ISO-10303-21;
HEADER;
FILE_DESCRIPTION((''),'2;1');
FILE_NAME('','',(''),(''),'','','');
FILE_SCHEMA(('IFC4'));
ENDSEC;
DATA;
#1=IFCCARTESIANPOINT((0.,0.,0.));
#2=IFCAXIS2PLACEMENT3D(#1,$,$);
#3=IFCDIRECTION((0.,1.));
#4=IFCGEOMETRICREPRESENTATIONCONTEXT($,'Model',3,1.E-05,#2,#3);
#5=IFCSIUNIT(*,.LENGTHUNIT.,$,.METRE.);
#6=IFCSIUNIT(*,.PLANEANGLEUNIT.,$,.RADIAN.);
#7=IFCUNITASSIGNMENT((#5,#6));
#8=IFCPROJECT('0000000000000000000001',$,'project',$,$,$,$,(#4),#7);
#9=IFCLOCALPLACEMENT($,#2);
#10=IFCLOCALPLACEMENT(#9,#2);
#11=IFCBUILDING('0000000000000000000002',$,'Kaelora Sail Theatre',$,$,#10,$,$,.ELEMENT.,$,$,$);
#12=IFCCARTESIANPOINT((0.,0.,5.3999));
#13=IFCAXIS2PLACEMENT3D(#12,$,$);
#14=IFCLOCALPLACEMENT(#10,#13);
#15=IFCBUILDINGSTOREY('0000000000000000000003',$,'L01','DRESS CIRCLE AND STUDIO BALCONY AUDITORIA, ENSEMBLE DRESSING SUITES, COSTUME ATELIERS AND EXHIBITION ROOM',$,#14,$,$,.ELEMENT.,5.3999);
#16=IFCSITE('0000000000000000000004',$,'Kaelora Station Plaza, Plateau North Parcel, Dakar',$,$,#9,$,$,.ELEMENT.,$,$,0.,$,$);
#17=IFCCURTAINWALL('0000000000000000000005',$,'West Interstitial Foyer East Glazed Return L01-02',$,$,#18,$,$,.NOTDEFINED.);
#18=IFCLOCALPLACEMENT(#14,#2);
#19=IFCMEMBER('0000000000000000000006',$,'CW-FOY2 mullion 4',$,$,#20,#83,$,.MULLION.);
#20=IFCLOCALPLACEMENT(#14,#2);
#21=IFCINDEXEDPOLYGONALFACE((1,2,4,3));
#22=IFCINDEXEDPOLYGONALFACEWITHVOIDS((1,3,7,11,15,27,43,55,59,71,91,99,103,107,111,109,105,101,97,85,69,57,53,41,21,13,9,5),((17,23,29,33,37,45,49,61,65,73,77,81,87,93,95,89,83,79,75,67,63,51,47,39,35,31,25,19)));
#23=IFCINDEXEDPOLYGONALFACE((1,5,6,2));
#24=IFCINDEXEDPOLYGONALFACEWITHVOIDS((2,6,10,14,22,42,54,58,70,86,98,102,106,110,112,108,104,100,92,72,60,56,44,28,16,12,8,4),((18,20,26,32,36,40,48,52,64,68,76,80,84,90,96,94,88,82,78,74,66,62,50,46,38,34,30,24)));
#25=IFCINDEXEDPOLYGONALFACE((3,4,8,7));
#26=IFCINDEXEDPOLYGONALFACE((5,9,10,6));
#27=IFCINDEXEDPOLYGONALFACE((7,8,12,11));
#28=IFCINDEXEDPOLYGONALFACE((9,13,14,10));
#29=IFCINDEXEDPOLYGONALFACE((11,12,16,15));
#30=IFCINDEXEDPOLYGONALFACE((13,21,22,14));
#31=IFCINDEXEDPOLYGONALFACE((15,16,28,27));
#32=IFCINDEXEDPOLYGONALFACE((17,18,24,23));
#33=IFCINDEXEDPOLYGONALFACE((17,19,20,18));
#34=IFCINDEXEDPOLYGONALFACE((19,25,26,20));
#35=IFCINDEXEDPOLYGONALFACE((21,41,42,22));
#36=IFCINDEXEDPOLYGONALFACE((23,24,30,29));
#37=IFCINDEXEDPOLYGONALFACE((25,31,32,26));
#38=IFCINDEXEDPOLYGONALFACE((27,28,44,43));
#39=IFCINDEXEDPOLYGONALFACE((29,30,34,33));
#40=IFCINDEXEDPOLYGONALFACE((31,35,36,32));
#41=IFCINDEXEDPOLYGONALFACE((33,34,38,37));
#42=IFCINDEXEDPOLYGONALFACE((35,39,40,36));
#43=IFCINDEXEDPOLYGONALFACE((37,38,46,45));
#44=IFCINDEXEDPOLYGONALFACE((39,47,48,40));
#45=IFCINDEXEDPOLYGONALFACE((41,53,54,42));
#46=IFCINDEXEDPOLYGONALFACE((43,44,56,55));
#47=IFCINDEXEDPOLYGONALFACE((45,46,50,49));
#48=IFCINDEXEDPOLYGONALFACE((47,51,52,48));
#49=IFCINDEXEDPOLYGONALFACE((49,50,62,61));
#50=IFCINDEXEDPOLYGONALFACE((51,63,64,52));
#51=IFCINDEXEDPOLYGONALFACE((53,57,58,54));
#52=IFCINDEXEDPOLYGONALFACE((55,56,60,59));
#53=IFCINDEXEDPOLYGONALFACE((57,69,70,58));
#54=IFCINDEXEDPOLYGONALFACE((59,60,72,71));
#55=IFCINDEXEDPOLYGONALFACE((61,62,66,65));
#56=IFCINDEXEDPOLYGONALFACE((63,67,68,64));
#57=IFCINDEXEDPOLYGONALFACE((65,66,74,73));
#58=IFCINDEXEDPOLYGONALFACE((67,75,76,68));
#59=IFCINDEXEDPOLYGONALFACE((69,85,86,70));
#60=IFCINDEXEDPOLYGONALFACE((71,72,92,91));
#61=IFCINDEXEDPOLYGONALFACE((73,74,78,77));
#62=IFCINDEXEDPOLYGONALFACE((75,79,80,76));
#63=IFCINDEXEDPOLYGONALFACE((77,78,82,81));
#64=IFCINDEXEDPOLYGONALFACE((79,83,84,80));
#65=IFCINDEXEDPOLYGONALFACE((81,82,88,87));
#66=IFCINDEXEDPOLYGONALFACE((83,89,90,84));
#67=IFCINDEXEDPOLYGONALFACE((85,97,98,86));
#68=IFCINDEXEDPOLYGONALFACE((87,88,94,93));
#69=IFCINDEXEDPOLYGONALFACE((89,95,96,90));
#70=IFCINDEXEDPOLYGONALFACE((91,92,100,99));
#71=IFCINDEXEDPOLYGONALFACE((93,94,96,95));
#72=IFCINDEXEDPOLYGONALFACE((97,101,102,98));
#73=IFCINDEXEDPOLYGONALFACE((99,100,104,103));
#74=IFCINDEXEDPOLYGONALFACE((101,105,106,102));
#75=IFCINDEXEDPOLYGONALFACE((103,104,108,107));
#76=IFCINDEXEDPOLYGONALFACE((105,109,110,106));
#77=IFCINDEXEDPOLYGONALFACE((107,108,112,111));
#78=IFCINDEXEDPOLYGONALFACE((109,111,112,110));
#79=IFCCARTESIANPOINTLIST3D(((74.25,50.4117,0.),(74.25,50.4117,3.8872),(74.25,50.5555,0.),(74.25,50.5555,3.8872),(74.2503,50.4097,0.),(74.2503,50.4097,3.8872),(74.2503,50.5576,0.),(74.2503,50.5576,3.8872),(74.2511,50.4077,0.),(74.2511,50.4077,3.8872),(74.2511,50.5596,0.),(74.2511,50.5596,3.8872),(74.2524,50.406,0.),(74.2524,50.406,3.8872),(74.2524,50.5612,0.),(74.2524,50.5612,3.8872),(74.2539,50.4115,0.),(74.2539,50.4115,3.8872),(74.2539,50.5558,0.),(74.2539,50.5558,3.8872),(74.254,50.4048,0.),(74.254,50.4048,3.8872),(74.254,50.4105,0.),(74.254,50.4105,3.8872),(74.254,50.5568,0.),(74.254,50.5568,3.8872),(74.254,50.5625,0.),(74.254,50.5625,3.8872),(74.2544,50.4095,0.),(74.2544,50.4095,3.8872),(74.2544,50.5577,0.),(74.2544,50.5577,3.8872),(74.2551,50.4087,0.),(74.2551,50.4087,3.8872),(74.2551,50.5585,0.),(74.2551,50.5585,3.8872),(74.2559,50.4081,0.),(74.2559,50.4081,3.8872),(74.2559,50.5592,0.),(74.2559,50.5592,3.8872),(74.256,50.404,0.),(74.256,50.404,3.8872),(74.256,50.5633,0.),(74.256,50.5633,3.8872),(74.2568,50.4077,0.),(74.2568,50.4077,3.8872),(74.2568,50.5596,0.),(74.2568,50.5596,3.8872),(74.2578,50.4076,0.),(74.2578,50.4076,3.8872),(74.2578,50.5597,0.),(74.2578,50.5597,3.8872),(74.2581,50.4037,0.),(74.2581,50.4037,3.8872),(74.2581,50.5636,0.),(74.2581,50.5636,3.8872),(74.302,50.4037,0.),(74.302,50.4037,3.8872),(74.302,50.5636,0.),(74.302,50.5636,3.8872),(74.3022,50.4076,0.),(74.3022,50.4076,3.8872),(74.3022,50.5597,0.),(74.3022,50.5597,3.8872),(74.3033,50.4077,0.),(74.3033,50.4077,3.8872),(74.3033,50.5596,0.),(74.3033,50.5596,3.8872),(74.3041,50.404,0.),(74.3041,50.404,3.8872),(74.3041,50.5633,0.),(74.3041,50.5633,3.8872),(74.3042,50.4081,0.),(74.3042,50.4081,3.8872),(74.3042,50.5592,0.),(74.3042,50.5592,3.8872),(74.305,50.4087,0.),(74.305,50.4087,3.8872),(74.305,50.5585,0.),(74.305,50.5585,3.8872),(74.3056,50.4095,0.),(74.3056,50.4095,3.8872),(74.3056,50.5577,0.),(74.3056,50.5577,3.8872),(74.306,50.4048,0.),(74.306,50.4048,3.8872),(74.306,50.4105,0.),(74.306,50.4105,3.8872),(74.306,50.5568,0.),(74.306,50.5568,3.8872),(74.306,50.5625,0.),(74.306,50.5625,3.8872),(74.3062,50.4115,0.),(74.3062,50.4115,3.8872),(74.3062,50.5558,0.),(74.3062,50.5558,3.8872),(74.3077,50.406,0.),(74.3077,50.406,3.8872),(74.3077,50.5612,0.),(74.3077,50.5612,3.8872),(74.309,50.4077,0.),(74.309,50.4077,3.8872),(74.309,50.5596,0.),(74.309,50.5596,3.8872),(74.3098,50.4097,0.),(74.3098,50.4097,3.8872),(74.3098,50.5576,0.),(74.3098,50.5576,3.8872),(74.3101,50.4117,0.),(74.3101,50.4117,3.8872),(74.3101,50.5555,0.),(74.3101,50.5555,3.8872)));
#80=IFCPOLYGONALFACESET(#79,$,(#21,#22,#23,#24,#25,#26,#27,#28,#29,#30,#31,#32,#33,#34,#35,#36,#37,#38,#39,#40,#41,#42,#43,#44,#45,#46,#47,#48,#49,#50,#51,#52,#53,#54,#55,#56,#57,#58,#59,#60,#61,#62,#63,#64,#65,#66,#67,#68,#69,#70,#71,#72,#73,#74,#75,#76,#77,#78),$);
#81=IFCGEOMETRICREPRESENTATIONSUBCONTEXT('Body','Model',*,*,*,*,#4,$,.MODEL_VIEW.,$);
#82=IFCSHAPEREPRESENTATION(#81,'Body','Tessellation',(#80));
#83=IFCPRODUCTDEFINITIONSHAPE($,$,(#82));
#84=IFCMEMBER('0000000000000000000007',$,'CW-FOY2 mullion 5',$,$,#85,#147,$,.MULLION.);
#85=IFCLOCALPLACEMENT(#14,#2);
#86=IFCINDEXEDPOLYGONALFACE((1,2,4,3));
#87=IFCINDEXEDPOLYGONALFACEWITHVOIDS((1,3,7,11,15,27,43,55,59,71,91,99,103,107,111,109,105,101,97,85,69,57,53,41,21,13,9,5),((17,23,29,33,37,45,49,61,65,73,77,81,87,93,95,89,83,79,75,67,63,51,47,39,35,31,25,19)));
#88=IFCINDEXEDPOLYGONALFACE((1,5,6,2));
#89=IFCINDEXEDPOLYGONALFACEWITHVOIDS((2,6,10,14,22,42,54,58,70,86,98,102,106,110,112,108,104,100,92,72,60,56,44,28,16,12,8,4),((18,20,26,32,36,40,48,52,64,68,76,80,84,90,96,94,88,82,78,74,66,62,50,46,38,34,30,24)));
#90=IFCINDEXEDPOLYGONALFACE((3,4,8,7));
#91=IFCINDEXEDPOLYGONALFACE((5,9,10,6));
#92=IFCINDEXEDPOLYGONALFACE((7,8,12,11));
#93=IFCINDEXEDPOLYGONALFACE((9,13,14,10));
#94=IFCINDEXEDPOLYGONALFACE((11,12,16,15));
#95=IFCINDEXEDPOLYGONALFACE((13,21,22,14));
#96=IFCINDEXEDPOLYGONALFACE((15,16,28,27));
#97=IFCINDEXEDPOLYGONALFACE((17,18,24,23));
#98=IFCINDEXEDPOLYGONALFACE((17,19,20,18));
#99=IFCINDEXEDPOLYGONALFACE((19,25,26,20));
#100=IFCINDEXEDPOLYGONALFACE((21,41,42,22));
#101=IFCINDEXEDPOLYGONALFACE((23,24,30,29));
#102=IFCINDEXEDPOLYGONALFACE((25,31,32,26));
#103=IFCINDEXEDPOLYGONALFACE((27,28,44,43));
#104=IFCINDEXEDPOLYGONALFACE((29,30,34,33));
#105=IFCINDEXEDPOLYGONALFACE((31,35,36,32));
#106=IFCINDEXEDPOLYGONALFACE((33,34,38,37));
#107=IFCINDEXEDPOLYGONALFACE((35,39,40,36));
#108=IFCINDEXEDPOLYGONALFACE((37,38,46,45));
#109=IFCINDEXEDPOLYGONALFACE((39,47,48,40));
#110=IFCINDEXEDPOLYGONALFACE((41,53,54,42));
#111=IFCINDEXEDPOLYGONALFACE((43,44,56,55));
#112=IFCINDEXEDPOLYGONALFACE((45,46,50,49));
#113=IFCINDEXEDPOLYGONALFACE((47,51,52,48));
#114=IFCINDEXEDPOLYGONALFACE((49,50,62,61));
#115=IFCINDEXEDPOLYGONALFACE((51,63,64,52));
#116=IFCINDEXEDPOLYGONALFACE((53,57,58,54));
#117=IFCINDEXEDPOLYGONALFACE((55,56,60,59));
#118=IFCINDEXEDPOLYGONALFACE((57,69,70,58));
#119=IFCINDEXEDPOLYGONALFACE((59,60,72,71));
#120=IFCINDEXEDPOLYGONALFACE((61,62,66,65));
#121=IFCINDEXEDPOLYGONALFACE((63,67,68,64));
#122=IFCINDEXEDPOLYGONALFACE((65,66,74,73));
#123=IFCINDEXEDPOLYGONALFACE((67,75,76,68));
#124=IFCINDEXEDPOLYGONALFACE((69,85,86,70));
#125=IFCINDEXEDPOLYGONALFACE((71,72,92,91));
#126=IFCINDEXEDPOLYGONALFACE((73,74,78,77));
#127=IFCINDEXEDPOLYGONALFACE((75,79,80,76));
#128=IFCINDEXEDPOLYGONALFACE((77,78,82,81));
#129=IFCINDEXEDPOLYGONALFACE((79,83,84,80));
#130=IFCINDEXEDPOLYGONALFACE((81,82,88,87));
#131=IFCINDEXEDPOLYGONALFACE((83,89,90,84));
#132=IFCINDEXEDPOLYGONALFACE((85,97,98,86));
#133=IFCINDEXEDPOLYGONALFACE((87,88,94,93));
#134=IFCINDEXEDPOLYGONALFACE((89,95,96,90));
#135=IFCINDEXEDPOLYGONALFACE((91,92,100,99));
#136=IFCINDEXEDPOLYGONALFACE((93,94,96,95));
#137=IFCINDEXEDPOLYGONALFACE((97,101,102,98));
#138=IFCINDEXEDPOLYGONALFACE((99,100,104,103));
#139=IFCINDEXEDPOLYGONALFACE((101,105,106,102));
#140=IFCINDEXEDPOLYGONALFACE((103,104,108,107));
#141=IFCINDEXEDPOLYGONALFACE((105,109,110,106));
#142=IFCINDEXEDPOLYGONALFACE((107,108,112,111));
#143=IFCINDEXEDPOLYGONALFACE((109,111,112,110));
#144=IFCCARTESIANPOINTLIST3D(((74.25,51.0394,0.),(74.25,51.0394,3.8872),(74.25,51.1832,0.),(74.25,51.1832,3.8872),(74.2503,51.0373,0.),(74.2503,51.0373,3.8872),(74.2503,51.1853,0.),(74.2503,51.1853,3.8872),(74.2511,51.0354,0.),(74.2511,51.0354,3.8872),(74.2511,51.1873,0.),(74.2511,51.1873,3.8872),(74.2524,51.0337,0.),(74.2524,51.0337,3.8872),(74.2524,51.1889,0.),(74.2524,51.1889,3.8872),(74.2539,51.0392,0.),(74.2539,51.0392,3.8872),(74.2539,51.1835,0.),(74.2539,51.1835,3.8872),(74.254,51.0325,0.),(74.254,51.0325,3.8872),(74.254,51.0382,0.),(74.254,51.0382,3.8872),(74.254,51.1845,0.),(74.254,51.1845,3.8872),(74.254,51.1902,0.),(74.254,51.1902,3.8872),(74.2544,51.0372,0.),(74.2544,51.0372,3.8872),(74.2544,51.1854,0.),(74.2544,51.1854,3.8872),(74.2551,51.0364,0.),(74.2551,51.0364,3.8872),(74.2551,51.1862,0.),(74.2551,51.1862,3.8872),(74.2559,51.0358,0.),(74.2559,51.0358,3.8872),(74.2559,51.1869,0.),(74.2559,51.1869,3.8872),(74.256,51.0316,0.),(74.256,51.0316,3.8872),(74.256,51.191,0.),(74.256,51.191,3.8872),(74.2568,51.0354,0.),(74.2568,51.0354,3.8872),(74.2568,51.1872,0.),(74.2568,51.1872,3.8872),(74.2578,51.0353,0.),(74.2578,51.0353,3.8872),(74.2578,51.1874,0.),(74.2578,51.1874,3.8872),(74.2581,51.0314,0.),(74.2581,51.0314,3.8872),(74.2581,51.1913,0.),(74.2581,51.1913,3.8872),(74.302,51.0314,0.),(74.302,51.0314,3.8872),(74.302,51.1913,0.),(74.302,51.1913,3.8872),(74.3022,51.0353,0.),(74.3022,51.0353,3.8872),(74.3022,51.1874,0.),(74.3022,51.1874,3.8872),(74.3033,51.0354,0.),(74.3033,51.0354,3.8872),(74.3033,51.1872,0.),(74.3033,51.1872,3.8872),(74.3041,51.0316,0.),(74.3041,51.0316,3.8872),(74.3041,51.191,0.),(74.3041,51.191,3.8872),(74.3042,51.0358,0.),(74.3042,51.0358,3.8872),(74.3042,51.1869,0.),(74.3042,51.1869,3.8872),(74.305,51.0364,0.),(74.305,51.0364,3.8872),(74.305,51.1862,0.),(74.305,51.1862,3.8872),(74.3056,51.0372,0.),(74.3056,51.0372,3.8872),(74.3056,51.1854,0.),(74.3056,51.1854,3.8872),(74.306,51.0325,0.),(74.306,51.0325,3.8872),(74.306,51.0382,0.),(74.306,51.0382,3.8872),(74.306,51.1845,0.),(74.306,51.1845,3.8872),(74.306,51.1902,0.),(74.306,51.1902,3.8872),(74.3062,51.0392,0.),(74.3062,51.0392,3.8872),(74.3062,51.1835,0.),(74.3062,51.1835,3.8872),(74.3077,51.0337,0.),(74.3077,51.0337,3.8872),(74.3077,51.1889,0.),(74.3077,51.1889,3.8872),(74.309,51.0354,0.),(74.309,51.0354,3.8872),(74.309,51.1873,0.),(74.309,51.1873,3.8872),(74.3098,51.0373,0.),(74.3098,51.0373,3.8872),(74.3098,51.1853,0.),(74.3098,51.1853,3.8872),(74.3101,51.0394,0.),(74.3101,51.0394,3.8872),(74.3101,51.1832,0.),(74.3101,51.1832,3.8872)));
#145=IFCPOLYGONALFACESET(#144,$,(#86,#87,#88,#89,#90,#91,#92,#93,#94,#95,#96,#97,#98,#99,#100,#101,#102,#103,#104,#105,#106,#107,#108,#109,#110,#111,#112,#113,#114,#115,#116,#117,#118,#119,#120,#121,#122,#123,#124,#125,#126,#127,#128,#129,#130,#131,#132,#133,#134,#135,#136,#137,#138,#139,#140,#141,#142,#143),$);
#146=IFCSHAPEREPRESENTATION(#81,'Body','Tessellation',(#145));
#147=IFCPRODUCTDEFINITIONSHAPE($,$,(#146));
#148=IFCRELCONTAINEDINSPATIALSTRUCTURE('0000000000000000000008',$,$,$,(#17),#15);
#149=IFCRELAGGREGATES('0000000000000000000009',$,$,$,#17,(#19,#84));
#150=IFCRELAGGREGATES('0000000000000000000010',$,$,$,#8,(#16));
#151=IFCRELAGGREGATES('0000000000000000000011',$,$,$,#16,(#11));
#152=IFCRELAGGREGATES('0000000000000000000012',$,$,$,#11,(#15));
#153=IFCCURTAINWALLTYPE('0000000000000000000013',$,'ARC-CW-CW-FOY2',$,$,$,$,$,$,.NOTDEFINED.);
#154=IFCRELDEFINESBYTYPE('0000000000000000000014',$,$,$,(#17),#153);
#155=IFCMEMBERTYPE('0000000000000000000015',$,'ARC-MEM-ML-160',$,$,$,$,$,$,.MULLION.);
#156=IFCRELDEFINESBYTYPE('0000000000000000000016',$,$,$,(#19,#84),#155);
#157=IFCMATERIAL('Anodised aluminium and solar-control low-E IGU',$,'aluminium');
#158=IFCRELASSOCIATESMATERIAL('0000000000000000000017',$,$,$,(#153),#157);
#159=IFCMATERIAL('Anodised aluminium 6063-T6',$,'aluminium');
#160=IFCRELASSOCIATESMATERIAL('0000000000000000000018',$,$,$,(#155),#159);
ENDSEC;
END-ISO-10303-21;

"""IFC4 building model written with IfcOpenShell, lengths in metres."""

from ifc_helpers import new_model, si_unit, direction, frame, origin, origin_2d, place, context, subcontext, project, spatial, hollow_rectangle, extrude, material, material_profile, profile_set, type_object, element, aggregate, save


model = new_model("IFC4")

# Units and contexts
model_context = context("Model", 3, precision=1e-05, world=origin(), true_north=direction((0.0, 1.0)))
body_context = subcontext(model_context, "Body", "Model", "MODEL_VIEW")
ifc_project = project(units=[si_unit("LENGTHUNIT", "METRE"), si_unit("PLANEANGLEUNIT", "RADIAN")], contexts=[model_context])

# Site, building, storey
site_placement = place(None, origin())
site = spatial("IfcSite", under=ifc_project, at=site_placement, Name="Kaelora Station Plaza, Plateau North Parcel, Dakar", CompositionType="ELEMENT", RefElevation=0.0)
building_placement = place(site_placement, origin())
building = spatial("IfcBuilding", under=site, at=building_placement, Name="Kaelora Sail Theatre", CompositionType="ELEMENT")
storey_placement = place(building_placement, frame((0.0, 0.0, 5.3999)))
storey = spatial("IfcBuildingStorey", under=building, at=storey_placement, Name="L01", Description="DRESS CIRCLE AND STUDIO BALCONY AUDITORIA, ENSEMBLE DRESSING SUITES, COSTUME ATELIERS AND EXHIBITION ROOM", CompositionType="ELEMENT", Elevation=5.3999)

# Shared definitions
ifc_material_1 = material(Name="Anodised aluminium and solar-control low-E IGU", Category="aluminium")
curtain_wall_type = type_object("IfcCurtainWallType", Name="ARC-CW-CW-FOY2", PredefinedType="NOTDEFINED", material=ifc_material_1)
ifc_material_2 = material(Name="Anodised aluminium 6063-T6", Category="aluminium")
ifc_material_profile_1 = material_profile(ifc_material_2, hollow_rectangle(XDim=0.0601, YDim=0.1599, WallThickness=0.0039, InnerFilletRadius=0.0039, OuterFilletRadius=0.0081, at=origin_2d()), Name="ALU-MULL 60x160x4")
ifc_profile_set_1 = profile_set([ifc_material_profile_1], Name="Anodised aluminium 6063-T6")
member_type_1 = type_object("IfcMemberType", Name="ARC-MEM-ML-160", PredefinedType="MULLION", material=ifc_profile_set_1)

# Curtain wall, members
curtain_wall_1_placement = place(storey_placement, origin())
curtain_wall_1 = element("IfcCurtainWall", 1, at=curtain_wall_1_placement, inside=storey, type_object=curtain_wall_type, Name="West Interstitial Foyer East Glazed Return L01-02", PredefinedType="NOTDEFINED")
member_1_placement = place(storey_placement, frame((74.28, 50.4836, 0.0), z_axis=(0.0, 0.0, 1.0), x_axis=(-1.0, 0.0, 0.0)))
member_1 = element("IfcMember", 2, at=member_1_placement, type_object=member_type_1, Name="CW-FOY2 mullion 4", PredefinedType="MULLION", context=body_context, shape_type="SweptSolid", body=[
    extrude(hollow_rectangle(XDim=0.0601, YDim=0.1599, WallThickness=0.0039, InnerFilletRadius=0.0039, OuterFilletRadius=0.0081, at=origin_2d()), origin(), (0.0, 0.0, 1.0), 3.8872),
])
member_2_placement = place(storey_placement, frame((74.28, 51.1113, 0.0), z_axis=(0.0, 0.0, 1.0), x_axis=(-1.0, 0.0, 0.0)))
member_2 = element("IfcMember", 3, at=member_2_placement, type_object=member_type_1, Name="CW-FOY2 mullion 5", PredefinedType="MULLION", context=body_context, shape_type="SweptSolid", body=[
    extrude(hollow_rectangle(XDim=0.0601, YDim=0.1599, WallThickness=0.0039, InnerFilletRadius=0.0039, OuterFilletRadius=0.0081, at=origin_2d()), origin(), (0.0, 0.0, 1.0), 3.8872),
])
aggregate(curtain_wall_1, [member_1, member_2])

save(model, "model.ifc")
